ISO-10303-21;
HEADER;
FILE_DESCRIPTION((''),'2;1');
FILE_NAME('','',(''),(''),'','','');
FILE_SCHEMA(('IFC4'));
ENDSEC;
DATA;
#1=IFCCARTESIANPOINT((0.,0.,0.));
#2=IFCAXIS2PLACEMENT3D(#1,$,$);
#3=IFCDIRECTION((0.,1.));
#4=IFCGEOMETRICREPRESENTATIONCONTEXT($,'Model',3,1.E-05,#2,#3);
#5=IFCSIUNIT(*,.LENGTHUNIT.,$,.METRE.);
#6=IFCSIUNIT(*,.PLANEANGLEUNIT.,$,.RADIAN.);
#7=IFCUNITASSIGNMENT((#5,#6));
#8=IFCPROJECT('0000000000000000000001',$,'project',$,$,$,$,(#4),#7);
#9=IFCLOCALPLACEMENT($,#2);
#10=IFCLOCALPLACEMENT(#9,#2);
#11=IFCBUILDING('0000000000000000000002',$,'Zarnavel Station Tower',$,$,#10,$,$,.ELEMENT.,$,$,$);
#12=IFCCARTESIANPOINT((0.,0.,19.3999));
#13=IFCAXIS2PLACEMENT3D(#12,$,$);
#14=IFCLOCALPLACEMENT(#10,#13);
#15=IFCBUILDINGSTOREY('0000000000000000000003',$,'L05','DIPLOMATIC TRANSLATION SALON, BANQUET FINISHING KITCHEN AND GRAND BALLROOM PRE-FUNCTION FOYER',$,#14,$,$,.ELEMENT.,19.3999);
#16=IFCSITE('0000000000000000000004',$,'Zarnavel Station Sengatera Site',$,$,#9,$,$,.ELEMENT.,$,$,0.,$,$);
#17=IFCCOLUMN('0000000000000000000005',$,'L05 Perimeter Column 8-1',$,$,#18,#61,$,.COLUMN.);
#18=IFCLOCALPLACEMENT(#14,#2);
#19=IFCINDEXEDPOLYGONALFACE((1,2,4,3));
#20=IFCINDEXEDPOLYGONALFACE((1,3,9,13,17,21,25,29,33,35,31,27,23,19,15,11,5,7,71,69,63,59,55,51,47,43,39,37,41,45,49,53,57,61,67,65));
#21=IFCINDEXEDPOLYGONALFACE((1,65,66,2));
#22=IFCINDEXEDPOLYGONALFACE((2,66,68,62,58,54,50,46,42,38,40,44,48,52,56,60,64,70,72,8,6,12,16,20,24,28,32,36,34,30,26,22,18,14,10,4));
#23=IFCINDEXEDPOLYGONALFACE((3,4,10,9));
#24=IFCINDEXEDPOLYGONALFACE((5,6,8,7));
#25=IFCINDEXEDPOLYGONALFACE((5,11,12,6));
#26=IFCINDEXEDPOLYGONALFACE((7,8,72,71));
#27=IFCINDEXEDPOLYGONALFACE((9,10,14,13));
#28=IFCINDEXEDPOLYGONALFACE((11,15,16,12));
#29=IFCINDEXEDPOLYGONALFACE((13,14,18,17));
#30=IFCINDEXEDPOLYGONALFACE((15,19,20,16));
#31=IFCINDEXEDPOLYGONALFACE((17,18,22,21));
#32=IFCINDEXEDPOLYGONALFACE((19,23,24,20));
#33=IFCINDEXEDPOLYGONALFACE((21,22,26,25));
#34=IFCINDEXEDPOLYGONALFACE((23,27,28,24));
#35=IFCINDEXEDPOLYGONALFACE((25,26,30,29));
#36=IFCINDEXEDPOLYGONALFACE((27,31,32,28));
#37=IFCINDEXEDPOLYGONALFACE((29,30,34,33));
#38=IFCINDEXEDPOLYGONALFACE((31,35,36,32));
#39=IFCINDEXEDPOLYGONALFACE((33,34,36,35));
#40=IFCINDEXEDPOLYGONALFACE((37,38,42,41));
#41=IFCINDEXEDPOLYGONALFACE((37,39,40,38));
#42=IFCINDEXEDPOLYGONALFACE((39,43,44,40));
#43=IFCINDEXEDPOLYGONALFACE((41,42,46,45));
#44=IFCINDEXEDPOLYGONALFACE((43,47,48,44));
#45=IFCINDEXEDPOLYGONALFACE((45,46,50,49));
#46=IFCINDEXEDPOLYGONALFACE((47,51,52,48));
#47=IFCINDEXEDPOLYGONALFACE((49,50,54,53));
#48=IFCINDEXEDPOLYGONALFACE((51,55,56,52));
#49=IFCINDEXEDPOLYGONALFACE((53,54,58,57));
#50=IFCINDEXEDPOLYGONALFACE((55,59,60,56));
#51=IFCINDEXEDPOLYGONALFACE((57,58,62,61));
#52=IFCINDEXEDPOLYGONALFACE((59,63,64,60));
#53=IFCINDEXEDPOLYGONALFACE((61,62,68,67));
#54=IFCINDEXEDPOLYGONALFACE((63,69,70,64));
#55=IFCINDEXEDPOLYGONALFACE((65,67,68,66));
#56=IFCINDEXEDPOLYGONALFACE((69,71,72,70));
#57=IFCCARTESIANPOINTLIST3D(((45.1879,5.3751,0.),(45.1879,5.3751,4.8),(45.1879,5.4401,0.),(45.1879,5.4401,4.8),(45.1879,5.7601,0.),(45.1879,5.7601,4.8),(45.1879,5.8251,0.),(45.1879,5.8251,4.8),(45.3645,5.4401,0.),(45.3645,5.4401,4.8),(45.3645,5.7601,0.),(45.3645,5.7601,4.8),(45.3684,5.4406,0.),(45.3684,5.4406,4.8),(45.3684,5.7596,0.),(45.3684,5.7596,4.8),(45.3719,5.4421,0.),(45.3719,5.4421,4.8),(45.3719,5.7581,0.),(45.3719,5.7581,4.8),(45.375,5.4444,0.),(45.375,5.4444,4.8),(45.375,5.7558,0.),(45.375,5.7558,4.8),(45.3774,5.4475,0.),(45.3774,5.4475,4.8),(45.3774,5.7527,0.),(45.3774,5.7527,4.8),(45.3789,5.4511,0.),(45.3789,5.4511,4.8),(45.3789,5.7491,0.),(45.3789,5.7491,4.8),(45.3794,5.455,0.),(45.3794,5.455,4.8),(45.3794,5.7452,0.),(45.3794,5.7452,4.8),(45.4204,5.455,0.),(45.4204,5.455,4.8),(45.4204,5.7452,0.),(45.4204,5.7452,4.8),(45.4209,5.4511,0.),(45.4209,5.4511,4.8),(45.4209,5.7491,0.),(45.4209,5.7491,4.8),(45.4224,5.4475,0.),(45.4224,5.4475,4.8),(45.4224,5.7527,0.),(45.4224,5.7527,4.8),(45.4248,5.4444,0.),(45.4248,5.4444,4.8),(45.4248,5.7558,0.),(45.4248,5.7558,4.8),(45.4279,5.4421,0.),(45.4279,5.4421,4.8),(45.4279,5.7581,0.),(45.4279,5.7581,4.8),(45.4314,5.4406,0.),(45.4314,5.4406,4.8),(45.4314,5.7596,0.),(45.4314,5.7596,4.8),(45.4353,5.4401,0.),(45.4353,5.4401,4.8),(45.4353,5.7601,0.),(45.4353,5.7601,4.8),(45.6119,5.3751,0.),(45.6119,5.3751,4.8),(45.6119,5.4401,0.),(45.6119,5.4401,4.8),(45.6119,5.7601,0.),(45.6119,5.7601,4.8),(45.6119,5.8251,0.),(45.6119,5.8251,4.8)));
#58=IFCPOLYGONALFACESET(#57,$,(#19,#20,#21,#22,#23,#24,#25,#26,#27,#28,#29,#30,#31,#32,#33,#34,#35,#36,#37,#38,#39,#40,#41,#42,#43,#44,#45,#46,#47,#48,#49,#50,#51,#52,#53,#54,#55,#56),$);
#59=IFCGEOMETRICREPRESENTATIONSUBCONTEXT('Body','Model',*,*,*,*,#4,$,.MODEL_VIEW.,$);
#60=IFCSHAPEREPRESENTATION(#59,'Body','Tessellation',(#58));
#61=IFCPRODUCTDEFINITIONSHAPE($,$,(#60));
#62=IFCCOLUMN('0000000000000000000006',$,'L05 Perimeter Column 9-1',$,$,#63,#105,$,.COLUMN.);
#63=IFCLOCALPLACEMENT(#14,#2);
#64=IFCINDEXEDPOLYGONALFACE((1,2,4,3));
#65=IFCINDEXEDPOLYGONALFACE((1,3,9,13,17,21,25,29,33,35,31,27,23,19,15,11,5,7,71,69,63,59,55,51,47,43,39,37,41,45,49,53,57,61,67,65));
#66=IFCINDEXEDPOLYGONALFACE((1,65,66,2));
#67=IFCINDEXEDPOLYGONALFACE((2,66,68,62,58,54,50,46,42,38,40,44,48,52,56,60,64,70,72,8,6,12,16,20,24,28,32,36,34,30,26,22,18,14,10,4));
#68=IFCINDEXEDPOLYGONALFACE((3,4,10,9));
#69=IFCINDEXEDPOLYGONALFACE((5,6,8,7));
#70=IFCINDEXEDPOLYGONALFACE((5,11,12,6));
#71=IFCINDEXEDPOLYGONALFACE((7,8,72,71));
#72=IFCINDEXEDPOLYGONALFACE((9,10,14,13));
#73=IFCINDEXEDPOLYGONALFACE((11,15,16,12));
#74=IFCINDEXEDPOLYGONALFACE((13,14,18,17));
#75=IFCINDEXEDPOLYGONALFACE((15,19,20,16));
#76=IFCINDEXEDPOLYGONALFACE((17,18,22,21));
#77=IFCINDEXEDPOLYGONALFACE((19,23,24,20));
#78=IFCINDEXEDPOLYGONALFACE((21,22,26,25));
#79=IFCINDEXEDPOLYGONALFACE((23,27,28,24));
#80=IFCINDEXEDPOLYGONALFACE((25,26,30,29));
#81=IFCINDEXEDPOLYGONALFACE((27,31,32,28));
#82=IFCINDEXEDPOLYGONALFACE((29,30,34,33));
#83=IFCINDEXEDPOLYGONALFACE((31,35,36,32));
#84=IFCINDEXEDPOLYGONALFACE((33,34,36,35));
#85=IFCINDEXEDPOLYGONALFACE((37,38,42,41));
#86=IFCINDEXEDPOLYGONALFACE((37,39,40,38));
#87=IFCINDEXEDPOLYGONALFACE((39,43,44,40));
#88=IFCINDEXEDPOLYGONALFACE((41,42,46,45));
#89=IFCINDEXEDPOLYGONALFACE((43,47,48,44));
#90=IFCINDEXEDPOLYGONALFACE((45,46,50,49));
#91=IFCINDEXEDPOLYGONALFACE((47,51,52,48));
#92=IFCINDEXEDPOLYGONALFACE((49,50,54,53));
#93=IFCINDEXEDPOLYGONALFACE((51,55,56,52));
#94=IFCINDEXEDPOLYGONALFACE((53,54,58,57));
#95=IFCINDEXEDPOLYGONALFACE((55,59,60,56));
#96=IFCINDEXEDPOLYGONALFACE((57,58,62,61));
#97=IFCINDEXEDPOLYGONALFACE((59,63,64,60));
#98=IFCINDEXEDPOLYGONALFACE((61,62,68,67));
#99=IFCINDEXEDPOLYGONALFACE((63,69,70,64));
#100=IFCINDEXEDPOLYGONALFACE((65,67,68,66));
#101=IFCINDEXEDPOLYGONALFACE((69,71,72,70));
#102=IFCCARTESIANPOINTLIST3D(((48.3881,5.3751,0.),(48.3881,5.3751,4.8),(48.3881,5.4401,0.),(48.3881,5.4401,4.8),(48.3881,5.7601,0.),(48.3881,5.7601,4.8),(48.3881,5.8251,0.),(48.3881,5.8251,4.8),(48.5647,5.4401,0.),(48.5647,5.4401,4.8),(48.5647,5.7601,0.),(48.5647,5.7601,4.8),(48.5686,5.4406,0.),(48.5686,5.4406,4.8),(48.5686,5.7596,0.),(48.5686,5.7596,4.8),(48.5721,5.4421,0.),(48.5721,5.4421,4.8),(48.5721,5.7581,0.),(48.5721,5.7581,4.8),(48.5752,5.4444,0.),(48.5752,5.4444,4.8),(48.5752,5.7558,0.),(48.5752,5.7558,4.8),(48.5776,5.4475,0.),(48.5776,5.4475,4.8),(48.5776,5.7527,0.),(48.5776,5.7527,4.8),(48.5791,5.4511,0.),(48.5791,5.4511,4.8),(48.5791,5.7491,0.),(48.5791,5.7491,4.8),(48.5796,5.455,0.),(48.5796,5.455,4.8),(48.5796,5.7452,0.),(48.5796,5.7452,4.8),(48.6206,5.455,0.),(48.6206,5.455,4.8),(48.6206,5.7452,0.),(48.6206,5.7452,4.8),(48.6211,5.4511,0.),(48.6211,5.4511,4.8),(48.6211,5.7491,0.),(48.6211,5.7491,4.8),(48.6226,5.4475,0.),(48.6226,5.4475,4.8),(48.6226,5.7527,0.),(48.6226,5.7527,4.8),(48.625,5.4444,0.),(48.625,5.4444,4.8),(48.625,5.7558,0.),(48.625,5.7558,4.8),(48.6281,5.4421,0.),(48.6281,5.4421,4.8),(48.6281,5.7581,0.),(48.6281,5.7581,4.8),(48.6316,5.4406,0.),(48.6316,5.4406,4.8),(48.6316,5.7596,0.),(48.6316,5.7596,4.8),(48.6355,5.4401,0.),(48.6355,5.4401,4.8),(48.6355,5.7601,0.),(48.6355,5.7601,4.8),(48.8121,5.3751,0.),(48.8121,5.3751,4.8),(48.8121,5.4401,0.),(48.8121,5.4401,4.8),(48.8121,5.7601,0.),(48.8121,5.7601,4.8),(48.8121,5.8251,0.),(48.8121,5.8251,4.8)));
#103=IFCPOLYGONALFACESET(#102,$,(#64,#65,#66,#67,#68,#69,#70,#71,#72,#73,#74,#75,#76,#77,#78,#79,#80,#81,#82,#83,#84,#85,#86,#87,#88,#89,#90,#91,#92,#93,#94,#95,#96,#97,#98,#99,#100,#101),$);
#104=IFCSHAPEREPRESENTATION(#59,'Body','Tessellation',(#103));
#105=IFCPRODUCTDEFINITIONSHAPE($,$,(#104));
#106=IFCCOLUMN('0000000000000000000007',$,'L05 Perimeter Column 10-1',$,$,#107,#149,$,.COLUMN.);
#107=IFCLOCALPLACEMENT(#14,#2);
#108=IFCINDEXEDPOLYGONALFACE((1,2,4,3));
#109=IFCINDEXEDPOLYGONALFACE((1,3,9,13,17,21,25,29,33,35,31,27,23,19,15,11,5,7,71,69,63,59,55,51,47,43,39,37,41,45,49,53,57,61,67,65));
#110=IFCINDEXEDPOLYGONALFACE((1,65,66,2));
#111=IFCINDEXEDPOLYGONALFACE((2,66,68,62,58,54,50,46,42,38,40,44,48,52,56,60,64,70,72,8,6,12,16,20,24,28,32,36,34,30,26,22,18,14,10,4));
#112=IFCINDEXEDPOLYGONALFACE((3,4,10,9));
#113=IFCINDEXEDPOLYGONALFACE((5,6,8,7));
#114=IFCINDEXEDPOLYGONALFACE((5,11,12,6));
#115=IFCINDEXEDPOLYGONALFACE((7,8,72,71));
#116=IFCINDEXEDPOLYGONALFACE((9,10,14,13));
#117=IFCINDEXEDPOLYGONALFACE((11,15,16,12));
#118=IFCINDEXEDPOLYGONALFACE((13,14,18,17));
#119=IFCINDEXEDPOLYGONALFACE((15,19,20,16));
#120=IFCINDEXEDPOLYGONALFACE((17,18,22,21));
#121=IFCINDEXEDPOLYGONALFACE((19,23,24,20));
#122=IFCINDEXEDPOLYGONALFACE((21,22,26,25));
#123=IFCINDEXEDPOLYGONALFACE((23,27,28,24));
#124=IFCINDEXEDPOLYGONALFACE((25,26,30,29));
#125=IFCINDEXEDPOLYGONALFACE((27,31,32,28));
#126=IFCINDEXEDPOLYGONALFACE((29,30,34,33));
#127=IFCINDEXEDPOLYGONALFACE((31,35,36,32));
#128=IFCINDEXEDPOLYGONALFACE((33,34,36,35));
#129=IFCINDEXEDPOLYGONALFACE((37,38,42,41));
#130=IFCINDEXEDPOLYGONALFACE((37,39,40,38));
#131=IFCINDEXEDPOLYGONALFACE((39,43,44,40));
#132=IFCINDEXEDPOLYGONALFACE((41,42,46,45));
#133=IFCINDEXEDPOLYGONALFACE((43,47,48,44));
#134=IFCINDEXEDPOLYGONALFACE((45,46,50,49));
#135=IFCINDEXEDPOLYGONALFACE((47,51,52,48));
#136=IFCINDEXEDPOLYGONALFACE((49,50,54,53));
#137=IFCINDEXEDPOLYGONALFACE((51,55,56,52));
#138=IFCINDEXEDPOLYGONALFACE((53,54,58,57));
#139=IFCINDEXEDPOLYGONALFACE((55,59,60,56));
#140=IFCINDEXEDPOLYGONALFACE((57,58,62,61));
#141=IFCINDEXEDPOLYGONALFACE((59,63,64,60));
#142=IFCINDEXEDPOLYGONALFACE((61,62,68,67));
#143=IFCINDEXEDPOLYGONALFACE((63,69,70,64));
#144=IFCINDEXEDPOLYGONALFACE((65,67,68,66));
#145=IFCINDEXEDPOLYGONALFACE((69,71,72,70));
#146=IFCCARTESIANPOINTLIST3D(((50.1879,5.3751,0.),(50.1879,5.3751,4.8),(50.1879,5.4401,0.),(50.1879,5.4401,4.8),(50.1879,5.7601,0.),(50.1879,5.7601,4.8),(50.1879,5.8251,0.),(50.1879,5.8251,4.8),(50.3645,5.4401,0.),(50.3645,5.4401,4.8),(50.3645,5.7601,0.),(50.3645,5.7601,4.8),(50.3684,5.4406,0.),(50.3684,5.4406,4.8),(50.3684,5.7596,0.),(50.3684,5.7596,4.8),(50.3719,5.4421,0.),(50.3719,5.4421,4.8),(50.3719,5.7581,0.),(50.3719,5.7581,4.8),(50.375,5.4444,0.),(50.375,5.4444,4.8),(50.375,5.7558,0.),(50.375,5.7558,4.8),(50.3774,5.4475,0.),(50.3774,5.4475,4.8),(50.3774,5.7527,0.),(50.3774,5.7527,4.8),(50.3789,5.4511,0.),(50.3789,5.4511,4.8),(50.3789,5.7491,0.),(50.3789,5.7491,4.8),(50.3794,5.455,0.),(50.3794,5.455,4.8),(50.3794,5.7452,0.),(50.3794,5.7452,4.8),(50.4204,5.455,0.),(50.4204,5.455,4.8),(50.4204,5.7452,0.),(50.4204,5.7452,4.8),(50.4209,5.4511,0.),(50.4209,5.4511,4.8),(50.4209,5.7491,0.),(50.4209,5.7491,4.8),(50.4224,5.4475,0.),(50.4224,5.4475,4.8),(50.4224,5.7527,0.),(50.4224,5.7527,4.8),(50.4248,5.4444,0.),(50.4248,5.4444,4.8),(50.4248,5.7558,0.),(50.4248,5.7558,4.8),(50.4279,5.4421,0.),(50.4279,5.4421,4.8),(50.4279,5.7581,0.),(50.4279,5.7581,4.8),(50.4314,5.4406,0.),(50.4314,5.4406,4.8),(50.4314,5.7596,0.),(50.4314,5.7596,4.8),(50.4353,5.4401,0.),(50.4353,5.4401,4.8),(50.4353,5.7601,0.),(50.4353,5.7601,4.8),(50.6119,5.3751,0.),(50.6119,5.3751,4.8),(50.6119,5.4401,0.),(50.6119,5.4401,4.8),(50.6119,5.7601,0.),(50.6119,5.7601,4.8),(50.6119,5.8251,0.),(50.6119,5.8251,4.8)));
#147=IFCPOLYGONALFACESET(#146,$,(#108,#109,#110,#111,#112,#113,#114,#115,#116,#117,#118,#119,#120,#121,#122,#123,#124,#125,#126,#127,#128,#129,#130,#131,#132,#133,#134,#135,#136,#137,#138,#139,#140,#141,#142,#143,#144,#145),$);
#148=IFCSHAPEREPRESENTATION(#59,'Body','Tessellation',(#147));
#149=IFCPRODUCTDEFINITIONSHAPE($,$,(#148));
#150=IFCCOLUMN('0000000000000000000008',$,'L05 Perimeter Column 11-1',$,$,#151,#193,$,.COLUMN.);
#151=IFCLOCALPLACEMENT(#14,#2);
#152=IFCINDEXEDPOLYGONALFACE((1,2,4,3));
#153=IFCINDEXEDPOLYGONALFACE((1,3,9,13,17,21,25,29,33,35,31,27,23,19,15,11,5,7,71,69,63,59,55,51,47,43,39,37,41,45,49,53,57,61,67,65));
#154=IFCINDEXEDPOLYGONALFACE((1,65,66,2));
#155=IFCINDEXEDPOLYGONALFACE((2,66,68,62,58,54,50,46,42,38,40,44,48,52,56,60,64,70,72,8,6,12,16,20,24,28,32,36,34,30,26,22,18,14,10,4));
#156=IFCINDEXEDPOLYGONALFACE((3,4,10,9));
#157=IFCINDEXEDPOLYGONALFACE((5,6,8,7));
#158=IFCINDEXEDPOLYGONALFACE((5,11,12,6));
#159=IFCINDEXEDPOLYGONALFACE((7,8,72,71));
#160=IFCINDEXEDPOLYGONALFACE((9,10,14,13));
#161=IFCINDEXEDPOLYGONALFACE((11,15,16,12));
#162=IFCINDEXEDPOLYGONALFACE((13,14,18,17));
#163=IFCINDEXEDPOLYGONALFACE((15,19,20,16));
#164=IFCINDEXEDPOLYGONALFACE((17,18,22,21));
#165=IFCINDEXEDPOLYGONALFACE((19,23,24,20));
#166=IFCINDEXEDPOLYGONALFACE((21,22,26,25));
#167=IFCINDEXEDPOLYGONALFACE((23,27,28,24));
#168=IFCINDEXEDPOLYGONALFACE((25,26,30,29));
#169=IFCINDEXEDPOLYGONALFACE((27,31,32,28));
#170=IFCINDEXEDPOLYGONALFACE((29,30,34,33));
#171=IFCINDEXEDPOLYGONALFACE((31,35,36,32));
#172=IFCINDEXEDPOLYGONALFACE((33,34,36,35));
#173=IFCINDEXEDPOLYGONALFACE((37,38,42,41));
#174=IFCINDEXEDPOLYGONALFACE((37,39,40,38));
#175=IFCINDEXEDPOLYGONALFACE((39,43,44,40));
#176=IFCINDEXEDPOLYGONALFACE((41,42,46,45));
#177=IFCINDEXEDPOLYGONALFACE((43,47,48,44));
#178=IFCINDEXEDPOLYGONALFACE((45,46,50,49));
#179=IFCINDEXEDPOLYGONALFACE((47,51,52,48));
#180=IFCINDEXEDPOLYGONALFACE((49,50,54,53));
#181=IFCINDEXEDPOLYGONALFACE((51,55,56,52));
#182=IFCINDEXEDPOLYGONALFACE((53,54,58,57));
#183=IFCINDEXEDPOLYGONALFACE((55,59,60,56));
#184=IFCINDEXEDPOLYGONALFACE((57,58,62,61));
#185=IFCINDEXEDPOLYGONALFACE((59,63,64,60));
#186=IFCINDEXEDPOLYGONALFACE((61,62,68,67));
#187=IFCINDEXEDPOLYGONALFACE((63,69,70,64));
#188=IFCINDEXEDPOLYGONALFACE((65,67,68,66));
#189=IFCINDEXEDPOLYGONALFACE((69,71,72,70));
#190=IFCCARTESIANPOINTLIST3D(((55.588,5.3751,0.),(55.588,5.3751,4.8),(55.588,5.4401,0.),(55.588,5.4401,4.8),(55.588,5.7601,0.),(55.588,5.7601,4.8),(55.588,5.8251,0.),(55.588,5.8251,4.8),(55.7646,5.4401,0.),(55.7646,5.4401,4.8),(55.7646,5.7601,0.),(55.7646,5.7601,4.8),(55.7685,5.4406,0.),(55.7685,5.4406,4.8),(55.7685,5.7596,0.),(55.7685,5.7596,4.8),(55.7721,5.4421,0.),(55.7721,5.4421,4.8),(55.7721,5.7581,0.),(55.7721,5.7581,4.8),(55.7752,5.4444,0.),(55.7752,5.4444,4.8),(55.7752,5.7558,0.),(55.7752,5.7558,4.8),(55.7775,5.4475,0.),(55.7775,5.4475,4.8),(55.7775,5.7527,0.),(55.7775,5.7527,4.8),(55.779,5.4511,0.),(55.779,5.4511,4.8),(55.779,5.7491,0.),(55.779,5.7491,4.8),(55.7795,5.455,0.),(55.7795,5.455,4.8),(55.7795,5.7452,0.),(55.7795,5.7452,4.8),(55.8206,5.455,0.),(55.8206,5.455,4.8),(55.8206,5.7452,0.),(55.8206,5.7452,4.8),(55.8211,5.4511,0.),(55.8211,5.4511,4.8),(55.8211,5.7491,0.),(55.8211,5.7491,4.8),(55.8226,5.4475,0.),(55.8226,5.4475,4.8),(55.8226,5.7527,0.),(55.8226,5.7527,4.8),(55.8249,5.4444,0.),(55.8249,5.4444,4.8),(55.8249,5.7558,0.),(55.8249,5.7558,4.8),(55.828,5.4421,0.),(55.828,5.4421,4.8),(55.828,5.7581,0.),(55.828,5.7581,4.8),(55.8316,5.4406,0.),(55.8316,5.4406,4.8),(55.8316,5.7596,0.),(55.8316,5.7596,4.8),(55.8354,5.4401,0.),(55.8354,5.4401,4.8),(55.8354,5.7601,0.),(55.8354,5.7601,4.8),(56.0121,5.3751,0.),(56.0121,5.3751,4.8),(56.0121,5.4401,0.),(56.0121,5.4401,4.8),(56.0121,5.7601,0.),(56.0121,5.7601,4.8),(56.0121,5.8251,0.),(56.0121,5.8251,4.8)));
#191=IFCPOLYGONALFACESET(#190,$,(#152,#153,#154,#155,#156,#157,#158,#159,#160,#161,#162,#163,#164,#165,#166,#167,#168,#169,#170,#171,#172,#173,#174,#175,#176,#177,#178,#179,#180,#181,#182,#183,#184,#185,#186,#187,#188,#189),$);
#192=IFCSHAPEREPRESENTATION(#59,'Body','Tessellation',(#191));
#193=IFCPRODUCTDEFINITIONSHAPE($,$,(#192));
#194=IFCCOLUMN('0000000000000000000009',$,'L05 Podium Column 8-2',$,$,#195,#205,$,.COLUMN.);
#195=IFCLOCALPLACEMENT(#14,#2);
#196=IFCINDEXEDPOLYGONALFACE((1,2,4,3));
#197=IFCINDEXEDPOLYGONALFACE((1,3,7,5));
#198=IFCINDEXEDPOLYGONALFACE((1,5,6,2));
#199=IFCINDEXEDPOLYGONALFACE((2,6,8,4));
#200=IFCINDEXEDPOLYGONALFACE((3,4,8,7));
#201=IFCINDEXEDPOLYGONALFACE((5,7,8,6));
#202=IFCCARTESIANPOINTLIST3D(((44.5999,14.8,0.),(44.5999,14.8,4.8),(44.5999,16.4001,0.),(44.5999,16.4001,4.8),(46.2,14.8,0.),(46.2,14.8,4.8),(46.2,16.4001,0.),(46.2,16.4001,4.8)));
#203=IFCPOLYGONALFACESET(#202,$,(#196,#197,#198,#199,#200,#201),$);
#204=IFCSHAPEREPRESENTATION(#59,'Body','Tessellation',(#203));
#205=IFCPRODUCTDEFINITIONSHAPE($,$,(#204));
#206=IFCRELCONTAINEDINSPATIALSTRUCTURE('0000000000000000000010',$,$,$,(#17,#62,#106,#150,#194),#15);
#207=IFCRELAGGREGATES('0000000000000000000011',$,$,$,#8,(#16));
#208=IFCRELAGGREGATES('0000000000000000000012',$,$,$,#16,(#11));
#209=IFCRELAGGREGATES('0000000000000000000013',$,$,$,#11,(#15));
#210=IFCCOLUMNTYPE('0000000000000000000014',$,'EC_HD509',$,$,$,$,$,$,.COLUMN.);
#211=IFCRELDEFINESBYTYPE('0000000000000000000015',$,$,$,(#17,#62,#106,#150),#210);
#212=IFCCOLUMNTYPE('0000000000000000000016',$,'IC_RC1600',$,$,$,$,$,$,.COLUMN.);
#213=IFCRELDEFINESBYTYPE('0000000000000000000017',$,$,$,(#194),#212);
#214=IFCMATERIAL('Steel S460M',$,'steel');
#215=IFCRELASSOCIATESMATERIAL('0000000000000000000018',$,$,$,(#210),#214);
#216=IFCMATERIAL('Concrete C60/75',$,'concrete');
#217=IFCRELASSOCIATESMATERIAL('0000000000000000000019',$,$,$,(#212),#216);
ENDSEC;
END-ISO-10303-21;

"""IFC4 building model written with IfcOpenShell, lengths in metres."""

from ifc_helpers import new_model, si_unit, direction, frame, origin, origin_2d, place, context, subcontext, project, spatial, rectangle, i_section, extrude, material, material_profile, profile_set, type_object, element, save


model = new_model("IFC4")

# Units and contexts
model_context = context("Model", 3, precision=1e-05, world=origin(), true_north=direction((0.0, 1.0)))
body_context = subcontext(model_context, "Body", "Model", "MODEL_VIEW")
ifc_project = project(units=[si_unit("LENGTHUNIT", "METRE"), si_unit("PLANEANGLEUNIT", "RADIAN")], contexts=[model_context])

# Site, building, storey
site_placement = place(None, origin())
site = spatial("IfcSite", under=ifc_project, at=site_placement, Name="Zarnavel Station Sengatera Site", CompositionType="ELEMENT", RefElevation=0.0)
building_placement = place(site_placement, origin())
building = spatial("IfcBuilding", under=site, at=building_placement, Name="Zarnavel Station Tower", CompositionType="ELEMENT")
storey_placement = place(building_placement, frame((0.0, 0.0, 19.3999)))
storey = spatial("IfcBuildingStorey", under=building, at=storey_placement, Name="L05", Description="DIPLOMATIC TRANSLATION SALON, BANQUET FINISHING KITCHEN AND GRAND BALLROOM PRE-FUNCTION FOYER", CompositionType="ELEMENT", Elevation=19.3999)

# Columns
ifc_material_1 = material(Name="Steel S460M", Category="steel")
ifc_material_profile_1 = material_profile(ifc_material_1, i_section(OverallWidth=0.4241, OverallDepth=0.45, WebThickness=0.041, FlangeThickness=0.0649, FilletRadius=0.0149, at=origin_2d()), Name="HD400x509")
ifc_profile_set_1 = profile_set([ifc_material_profile_1], Name="Steel S460M")
column_type_1 = type_object("IfcColumnType", Name="EC_HD509", PredefinedType="COLUMN", material=ifc_profile_set_1)
for number, where, z_axis, x_axis, name in (
    (1, (45.3999, 5.6001, 0.0), (0.0, 0.0, 1.0), (1.0, 0.0, 0.0), "L05 Perimeter Column 8-1"),
    (2, (48.6001, 5.6001, 0.0), (0.0, 0.0, 1.0), (1.0, 0.0, 0.0), "L05 Perimeter Column 9-1"),
    (3, (50.3999, 5.6001, 0.0), (0.0, 0.0, 1.0), (1.0, 0.0, 0.0), "L05 Perimeter Column 10-1"),
    (4, (55.8, 5.6001, 0.0), (0.0, 0.0, 1.0), (1.0, 0.0, 0.0), "L05 Perimeter Column 11-1"),
):
    element("IfcColumn", number, at=place(storey_placement, frame(where, z_axis=z_axis, x_axis=x_axis)), inside=storey, type_object=column_type_1, Name=name, PredefinedType="COLUMN", context=body_context, shape_type="SweptSolid", body=[
        extrude(i_section(OverallWidth=0.4241, OverallDepth=0.45, WebThickness=0.041, FlangeThickness=0.0649, FilletRadius=0.0149, at=origin_2d()), origin(), (0.0, 0.0, 1.0), 4.8),
    ])
ifc_material_2 = material(Name="Concrete C60/75", Category="concrete")
ifc_material_profile_2 = material_profile(ifc_material_2, rectangle(XDim=1.6001, YDim=1.6001, at=origin_2d()), Name="RC1600x1600")
ifc_profile_set_2 = profile_set([ifc_material_profile_2], Name="Concrete C60/75")
column_type_2 = type_object("IfcColumnType", Name="IC_RC1600", PredefinedType="COLUMN", material=ifc_profile_set_2)
column_placement = place(storey_placement, frame((45.3999, 15.6001, 0.0), z_axis=(0.0, 0.0, 1.0), x_axis=(1.0, 0.0, 0.0)))
element("IfcColumn", 5, at=column_placement, inside=storey, type_object=column_type_2, Name="L05 Podium Column 8-2", PredefinedType="COLUMN", context=body_context, shape_type="SweptSolid", body=[
    extrude(rectangle(XDim=1.6001, YDim=1.6001, at=origin_2d()), origin(), (0.0, 0.0, 1.0), 4.8),
])

save(model, "model.ifc")
